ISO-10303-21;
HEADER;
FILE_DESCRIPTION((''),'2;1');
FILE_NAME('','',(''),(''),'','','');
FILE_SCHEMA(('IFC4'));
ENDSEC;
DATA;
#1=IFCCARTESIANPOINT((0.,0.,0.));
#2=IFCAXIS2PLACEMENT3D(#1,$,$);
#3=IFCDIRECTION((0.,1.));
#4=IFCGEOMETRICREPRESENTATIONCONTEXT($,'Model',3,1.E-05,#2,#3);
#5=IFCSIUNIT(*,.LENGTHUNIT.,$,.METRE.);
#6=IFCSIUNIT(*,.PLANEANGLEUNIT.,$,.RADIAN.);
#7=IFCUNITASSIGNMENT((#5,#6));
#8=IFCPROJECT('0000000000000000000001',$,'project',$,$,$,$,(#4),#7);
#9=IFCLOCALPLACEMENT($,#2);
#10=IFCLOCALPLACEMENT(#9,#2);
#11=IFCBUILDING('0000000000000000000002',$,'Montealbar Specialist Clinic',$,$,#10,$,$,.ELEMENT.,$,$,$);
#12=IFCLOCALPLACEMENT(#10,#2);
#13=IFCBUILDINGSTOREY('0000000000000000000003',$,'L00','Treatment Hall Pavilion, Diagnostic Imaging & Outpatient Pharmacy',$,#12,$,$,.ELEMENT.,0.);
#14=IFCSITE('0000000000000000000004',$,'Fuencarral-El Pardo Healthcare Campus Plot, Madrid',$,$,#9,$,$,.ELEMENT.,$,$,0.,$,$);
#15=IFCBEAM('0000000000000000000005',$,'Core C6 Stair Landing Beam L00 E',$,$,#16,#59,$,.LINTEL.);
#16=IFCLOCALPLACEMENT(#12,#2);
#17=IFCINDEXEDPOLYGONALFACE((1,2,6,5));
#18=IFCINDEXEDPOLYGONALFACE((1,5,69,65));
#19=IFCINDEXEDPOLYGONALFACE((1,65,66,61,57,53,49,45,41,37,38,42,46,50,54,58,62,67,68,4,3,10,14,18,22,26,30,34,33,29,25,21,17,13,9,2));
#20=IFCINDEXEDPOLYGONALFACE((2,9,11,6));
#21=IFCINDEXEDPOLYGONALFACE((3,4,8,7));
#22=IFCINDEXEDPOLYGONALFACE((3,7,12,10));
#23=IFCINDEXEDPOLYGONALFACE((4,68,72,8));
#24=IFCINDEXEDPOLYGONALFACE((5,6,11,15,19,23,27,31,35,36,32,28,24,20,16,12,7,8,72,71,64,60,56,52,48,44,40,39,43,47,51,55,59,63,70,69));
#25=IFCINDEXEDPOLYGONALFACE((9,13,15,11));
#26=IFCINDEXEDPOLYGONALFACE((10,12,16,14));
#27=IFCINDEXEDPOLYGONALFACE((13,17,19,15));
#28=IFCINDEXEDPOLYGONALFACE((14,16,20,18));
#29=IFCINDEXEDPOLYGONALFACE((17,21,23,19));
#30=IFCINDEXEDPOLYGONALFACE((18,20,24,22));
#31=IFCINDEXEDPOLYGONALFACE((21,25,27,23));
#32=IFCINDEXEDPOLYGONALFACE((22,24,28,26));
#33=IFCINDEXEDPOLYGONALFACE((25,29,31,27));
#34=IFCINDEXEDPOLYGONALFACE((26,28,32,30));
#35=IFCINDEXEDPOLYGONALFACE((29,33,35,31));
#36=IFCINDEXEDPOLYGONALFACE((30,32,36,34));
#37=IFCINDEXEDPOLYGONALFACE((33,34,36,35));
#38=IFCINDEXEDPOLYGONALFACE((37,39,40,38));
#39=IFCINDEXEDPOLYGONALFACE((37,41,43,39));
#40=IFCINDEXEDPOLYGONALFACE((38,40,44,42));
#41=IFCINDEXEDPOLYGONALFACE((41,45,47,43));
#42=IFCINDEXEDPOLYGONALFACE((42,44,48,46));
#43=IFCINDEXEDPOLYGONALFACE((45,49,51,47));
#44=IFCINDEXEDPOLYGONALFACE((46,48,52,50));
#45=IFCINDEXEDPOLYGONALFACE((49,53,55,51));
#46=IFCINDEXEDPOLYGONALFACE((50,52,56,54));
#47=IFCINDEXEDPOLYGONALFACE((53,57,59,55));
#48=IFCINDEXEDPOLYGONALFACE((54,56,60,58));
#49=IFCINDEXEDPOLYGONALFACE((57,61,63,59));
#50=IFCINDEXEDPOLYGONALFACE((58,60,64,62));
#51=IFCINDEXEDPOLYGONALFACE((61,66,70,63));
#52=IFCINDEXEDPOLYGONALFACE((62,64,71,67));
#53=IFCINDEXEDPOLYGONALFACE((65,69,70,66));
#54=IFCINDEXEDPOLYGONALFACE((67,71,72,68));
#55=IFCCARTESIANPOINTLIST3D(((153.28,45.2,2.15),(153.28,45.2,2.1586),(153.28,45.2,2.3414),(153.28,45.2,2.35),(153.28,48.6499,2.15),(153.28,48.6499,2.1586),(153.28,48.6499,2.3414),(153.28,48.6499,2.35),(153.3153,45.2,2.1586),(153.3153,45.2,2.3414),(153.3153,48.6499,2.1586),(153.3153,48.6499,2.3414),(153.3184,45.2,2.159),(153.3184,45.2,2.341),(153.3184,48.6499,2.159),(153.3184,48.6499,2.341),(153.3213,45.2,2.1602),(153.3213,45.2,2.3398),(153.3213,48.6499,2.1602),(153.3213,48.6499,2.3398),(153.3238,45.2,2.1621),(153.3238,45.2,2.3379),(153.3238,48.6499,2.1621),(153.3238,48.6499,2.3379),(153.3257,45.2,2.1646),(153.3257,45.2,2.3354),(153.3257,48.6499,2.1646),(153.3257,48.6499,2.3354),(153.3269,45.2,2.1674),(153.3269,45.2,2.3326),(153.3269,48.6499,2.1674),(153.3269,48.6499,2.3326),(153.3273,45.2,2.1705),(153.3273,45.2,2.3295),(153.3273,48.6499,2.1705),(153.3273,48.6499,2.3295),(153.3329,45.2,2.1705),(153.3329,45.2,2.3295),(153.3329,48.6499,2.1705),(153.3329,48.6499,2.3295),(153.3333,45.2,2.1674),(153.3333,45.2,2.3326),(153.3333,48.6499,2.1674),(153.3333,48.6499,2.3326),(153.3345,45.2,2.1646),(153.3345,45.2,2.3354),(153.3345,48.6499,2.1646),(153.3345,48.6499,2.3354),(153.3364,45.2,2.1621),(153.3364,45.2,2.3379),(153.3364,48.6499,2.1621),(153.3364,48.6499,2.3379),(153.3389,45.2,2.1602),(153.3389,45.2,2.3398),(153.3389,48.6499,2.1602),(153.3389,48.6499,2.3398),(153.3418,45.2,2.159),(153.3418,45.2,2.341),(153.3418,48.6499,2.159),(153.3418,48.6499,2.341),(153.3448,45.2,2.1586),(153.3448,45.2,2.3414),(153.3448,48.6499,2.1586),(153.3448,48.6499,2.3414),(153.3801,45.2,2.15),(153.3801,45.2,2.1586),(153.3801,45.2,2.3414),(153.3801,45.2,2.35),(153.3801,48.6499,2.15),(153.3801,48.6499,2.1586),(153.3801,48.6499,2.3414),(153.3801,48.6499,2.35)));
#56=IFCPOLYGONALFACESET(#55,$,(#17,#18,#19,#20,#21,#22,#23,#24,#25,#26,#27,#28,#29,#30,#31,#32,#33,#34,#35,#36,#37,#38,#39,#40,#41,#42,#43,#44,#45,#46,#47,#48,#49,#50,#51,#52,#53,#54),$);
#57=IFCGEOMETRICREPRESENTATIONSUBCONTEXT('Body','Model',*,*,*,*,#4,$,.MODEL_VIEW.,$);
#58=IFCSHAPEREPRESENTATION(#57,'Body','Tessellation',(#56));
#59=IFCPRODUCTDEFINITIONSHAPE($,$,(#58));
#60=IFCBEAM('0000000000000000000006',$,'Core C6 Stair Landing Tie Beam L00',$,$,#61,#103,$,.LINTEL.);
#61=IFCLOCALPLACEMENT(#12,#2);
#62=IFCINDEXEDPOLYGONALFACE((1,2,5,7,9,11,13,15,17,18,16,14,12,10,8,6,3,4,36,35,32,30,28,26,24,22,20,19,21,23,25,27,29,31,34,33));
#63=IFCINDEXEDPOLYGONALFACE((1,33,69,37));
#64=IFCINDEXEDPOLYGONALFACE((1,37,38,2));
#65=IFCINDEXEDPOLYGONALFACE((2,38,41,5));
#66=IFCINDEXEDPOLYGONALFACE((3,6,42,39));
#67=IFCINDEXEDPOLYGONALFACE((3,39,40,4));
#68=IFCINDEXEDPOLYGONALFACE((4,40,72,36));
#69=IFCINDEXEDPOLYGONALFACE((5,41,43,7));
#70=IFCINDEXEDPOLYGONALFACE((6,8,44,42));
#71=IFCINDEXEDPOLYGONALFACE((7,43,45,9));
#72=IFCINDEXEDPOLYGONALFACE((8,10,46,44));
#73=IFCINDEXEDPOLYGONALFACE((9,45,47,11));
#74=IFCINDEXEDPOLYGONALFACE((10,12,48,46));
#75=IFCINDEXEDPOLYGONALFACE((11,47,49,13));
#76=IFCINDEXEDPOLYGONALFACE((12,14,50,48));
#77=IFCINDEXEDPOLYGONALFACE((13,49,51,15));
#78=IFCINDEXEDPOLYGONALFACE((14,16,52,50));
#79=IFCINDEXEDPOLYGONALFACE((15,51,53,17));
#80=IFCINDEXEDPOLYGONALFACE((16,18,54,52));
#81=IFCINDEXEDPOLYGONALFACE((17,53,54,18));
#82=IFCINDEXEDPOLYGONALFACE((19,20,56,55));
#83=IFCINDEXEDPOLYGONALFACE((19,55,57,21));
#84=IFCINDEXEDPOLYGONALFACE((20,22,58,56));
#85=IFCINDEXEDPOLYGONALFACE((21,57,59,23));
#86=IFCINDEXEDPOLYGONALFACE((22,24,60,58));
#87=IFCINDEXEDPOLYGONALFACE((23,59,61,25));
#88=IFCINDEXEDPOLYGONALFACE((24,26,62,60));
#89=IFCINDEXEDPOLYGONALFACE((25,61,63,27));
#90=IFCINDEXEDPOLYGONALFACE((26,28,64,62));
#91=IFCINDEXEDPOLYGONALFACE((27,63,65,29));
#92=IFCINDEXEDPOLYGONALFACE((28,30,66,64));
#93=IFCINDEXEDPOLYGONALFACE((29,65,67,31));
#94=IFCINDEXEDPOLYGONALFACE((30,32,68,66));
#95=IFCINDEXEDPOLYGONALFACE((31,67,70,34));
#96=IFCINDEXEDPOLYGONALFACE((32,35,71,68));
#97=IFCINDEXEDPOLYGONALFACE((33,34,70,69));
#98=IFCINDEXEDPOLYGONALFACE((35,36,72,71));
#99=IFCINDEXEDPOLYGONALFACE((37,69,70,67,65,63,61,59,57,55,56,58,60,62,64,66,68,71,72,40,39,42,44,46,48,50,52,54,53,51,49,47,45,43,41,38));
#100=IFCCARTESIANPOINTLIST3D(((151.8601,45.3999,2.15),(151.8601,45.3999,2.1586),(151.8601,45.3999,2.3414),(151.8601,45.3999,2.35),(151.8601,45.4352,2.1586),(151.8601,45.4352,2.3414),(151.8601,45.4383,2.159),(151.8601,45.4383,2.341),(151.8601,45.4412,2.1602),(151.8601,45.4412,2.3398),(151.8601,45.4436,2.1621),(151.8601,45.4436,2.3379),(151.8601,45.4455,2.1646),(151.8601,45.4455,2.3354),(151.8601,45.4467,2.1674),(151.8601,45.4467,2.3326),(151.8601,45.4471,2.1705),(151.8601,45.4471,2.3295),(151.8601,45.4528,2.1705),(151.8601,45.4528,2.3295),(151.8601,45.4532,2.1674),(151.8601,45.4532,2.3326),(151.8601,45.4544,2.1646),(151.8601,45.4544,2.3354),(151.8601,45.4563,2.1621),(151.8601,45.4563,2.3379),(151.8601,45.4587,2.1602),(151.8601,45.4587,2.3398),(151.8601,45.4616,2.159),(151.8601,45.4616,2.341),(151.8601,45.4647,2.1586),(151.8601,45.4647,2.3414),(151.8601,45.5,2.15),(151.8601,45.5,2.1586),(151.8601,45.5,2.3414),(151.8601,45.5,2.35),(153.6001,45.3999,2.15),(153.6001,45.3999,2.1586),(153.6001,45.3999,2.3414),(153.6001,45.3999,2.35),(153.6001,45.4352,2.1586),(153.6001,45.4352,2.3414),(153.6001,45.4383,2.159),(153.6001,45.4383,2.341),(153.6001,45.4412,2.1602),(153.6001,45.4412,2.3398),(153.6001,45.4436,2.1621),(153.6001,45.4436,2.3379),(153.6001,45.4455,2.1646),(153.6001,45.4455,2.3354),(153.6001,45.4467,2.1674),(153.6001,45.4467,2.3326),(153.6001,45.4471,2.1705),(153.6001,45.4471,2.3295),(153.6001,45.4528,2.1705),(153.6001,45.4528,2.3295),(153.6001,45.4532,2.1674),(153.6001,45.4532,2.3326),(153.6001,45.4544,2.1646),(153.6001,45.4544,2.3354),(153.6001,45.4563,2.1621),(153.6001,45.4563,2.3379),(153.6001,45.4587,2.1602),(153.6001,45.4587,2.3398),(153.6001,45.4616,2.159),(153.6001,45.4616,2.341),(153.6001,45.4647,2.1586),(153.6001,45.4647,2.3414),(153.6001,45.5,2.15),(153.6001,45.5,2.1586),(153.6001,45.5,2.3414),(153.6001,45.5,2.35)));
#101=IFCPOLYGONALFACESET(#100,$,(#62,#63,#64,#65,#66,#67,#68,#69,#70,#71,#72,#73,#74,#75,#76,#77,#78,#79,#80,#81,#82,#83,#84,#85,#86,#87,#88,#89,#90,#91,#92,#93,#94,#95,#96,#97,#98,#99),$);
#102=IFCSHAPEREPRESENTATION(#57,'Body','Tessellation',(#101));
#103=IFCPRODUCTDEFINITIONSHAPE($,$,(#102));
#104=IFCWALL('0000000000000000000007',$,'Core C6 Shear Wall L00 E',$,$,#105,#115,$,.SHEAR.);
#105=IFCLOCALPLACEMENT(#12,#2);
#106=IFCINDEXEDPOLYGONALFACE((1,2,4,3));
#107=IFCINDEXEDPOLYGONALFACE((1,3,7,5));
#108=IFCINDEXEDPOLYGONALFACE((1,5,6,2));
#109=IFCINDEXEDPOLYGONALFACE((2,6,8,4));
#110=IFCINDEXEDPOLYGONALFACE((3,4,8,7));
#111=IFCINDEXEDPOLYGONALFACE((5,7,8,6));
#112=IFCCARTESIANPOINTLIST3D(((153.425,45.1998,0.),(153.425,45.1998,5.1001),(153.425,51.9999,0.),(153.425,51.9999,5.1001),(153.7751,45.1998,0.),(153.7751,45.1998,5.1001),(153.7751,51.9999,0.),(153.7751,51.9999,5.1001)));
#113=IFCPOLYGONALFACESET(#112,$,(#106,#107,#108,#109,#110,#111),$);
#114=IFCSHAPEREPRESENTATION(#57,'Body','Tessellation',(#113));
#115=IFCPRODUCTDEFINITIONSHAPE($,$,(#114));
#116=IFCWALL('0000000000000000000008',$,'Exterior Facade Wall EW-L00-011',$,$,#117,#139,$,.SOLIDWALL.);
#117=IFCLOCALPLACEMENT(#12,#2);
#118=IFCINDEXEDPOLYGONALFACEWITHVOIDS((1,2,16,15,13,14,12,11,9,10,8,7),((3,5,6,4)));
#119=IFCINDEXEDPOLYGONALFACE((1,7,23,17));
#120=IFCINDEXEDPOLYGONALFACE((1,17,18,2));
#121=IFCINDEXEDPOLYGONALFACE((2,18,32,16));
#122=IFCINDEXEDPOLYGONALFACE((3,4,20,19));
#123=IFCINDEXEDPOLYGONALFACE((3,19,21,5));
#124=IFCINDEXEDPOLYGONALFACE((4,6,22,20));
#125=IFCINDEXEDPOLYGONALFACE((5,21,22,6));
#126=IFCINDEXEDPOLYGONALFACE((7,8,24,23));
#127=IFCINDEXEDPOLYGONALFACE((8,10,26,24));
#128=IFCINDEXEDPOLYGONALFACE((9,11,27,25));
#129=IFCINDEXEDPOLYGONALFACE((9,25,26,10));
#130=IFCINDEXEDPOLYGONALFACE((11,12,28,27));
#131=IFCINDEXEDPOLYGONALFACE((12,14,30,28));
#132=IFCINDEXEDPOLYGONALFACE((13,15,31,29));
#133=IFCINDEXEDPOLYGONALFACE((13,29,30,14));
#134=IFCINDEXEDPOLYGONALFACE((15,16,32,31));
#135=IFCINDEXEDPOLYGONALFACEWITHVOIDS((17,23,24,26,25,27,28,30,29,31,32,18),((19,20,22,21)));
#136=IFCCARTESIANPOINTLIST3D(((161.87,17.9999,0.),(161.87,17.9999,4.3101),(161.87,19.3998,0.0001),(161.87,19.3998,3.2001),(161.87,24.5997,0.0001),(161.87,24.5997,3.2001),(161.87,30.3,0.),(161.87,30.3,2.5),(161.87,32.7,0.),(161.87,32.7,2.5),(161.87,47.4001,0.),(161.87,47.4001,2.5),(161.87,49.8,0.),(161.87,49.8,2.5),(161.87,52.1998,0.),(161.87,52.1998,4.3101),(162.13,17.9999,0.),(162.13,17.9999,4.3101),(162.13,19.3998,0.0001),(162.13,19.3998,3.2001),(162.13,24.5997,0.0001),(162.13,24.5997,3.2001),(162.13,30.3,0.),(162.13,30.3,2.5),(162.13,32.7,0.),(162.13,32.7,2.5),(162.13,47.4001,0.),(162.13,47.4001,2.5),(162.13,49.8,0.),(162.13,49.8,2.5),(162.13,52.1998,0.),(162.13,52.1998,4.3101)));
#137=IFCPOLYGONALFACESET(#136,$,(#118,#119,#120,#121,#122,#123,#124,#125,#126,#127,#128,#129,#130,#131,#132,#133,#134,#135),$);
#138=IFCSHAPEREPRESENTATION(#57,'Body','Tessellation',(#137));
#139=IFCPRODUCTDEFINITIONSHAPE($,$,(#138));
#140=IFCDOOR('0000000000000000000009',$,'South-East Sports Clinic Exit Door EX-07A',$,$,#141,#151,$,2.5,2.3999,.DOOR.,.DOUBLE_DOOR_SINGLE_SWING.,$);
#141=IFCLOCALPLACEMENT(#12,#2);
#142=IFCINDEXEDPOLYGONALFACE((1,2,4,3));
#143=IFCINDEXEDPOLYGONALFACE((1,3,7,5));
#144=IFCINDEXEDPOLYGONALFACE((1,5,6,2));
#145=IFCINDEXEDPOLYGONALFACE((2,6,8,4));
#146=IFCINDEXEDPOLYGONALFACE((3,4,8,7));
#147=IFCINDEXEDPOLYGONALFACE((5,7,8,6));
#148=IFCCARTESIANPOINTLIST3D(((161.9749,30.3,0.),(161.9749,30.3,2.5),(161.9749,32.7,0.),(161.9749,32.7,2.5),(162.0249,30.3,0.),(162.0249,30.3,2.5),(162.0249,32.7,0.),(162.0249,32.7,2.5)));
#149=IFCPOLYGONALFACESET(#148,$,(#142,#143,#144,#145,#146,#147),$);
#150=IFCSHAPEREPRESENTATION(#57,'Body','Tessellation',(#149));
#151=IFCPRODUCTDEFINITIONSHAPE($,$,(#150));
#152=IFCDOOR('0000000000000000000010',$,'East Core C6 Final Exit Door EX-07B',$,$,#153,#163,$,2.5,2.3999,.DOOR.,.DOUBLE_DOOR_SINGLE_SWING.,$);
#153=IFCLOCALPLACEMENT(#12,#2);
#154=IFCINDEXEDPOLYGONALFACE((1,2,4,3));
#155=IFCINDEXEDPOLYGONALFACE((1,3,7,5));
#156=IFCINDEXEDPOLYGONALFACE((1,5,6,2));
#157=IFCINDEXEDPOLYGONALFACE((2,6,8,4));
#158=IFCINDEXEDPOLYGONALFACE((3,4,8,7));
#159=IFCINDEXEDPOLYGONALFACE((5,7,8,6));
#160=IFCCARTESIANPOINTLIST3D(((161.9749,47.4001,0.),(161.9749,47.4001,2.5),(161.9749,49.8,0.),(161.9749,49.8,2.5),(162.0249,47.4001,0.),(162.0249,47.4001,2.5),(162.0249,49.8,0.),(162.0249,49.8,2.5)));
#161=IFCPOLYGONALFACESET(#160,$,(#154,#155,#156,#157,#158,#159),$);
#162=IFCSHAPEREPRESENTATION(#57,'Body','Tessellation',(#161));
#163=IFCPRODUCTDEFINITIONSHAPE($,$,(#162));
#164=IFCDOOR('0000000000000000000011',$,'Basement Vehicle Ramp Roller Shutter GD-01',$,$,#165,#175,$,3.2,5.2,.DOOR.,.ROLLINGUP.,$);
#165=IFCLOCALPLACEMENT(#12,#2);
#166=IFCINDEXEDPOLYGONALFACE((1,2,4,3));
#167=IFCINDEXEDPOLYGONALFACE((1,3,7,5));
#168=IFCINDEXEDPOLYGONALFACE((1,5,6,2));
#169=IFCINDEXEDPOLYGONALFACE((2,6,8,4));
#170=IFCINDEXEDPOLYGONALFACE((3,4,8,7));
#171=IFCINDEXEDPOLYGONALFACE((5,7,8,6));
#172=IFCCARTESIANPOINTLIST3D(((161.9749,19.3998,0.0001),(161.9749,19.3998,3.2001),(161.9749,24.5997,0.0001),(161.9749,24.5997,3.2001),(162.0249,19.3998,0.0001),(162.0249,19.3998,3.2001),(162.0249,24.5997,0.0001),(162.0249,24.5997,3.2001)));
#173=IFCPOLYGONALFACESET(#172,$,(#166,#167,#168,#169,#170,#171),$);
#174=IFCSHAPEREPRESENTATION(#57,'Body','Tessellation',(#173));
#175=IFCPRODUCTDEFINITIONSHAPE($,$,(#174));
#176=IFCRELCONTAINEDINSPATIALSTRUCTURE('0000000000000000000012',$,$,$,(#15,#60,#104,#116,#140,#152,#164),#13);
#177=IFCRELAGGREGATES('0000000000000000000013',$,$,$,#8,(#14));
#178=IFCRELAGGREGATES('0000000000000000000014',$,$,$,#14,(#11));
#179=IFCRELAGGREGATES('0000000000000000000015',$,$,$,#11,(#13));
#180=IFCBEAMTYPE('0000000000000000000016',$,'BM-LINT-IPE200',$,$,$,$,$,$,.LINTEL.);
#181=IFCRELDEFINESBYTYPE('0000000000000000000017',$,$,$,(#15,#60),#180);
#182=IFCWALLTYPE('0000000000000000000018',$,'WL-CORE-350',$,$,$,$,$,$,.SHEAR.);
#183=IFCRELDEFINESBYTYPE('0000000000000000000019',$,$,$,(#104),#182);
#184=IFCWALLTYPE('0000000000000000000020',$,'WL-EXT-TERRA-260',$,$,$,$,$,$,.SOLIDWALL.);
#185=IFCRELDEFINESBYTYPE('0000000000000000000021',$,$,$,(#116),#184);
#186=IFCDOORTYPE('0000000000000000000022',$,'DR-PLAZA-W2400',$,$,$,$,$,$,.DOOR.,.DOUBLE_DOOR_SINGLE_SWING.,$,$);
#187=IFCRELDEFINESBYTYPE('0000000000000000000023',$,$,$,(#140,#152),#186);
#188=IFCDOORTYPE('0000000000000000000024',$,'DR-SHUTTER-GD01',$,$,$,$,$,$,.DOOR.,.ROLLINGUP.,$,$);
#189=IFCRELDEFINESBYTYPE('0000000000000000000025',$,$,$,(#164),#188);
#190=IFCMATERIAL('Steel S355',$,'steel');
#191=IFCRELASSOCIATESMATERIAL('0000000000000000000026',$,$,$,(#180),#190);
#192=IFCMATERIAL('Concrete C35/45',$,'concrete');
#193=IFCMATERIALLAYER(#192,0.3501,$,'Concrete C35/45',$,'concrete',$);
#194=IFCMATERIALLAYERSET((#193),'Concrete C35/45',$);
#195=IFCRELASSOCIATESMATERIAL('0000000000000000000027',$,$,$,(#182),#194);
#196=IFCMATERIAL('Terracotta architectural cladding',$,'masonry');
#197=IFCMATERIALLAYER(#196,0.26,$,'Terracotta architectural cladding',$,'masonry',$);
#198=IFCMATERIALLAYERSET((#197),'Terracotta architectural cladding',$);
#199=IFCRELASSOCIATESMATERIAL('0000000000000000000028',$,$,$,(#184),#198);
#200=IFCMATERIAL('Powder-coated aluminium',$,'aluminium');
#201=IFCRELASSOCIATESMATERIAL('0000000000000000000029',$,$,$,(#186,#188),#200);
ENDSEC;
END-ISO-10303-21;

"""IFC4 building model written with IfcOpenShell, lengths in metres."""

from ifc_helpers import new_model, si_unit, direction, frame, frame_2d, origin, origin_2d, place, context, subcontext, project, spatial, rectangle, i_section, extrude, material, layer, layer_set, material_profile, profile_set, type_object, element, fill, save


model = new_model("IFC4")

# Units and contexts
model_context = context("Model", 3, precision=1e-05, world=origin(), true_north=direction((0.0, 1.0)))
body_context = subcontext(model_context, "Body", "Model", "MODEL_VIEW")
ifc_project = project(units=[si_unit("LENGTHUNIT", "METRE"), si_unit("PLANEANGLEUNIT", "RADIAN")], contexts=[model_context])

# Site, building, storey
site_placement = place(None, origin())
site = spatial("IfcSite", under=ifc_project, at=site_placement, Name="Fuencarral-El Pardo Healthcare Campus Plot, Madrid", CompositionType="ELEMENT", RefElevation=0.0)
building_placement = place(site_placement, origin())
building = spatial("IfcBuilding", under=site, at=building_placement, Name="Montealbar Specialist Clinic", CompositionType="ELEMENT")
storey_placement = place(building_placement, origin())
storey = spatial("IfcBuildingStorey", under=building, at=storey_placement, Name="L00", Description="Treatment Hall Pavilion, Diagnostic Imaging & Outpatient Pharmacy", CompositionType="ELEMENT", Elevation=0.0)

# Shared definitions
ifc_material_1 = material(Name="Steel S355", Category="steel")

# Beams
ifc_material_profile_1 = material_profile(ifc_material_1, i_section(OverallWidth=0.1001, OverallDepth=0.2, WebThickness=0.0056, FlangeThickness=0.0085, FilletRadius=0.012, at=origin_2d()), Name="IPE 200", Category="steel")
ifc_profile_set_1 = profile_set([ifc_material_profile_1], Name="Steel S355")
beam_type_1 = type_object("IfcBeamType", Name="BM-LINT-IPE200", PredefinedType="LINTEL", material=ifc_profile_set_1)
for number, where, z_axis, x_axis, name in (
    (1, (153.3301, 45.2, 2.25), (0.0, 1.0, 0.0), (-1.0, 0.0, 0.0), "Core C6 Stair Landing Beam L00 E"),
):
    element("IfcBeam", number, at=place(storey_placement, frame(where, z_axis=z_axis, x_axis=x_axis)), inside=storey, type_object=beam_type_1, Name=name, PredefinedType="LINTEL", context=body_context, shape_type="SweptSolid", body=[
        extrude(i_section(OverallWidth=0.1001, OverallDepth=0.2, WebThickness=0.0056, FlangeThickness=0.0085, FilletRadius=0.012, at=origin_2d()), origin(), (0.0, 0.0, 1.0), 3.45),
    ])
beam_1_placement = place(storey_placement, frame((151.8601, 45.45, 2.25), z_axis=(1.0, 0.0, 0.0), x_axis=(0.0, 1.0, 0.0)))
element("IfcBeam", 2, at=beam_1_placement, inside=storey, type_object=beam_type_1, Name="Core C6 Stair Landing Tie Beam L00", PredefinedType="LINTEL", context=body_context, shape_type="SweptSolid", body=[
    extrude(i_section(OverallWidth=0.1001, OverallDepth=0.2, WebThickness=0.0056, FlangeThickness=0.0085, FilletRadius=0.012, at=origin_2d()), origin(), (0.0, 0.0, 1.0), 1.74),
])

# Wall
ifc_material_2 = material(Name="Concrete C35/45", Category="concrete")
ifc_layer_1 = layer(ifc_material_2, 0.3501, Name="Concrete C35/45", Category="concrete")
ifc_layer_set_1 = layer_set([ifc_layer_1], Name="Concrete C35/45")
wall_type_1 = type_object("IfcWallType", Name="WL-CORE-350", PredefinedType="SHEAR", material=ifc_layer_set_1)
wall_1_placement = place(storey_placement, frame((153.6001, 45.2, 0.0), z_axis=(0.0, 0.0, 1.0), x_axis=(0.0, 1.0, 0.0)))
element("IfcWall", 3, at=wall_1_placement, inside=storey, type_object=wall_type_1, Name="Core C6 Shear Wall L00 E", PredefinedType="SHEAR", context=body_context, shape_type="SweptSolid", body=[
    extrude(rectangle(XDim=6.8, YDim=0.3501, at=frame_2d((3.3999, 0.0))), origin(), (0.0, 0.0, 1.0), 5.1001),
])

# Wall, openings, doors
ifc_material_3 = material(Name="Terracotta architectural cladding", Category="masonry")
ifc_layer_2 = layer(ifc_material_3, 0.26, Name="Terracotta architectural cladding", Category="masonry")
ifc_layer_set_2 = layer_set([ifc_layer_2], Name="Terracotta architectural cladding")
wall_type_2 = type_object("IfcWallType", Name="WL-EXT-TERRA-260", PredefinedType="SOLIDWALL", material=ifc_layer_set_2)
wall_2_placement = place(storey_placement, frame((162.0, 52.2, 0.0), z_axis=(0.0, 0.0, 1.0), x_axis=(0.0, -1.0, 0.0)))
wall_2 = element("IfcWall", 4, at=wall_2_placement, inside=storey, type_object=wall_type_2, Name="Exterior Facade Wall EW-L00-011", PredefinedType="SOLIDWALL", context=body_context, shape_type="SweptSolid", body=[
    extrude(rectangle(XDim=34.2, YDim=0.26, at=frame_2d((17.1001, 0.0))), origin(), (0.0, 0.0, 1.0), 4.3101),
])
opening_1_placement = place(wall_2_placement, frame((27.6001, 0.0, 0.0)))
opening_1 = element("IfcOpeningElement", 5, at=opening_1_placement, cuts=wall_2, PredefinedType="OPENING", context=body_context, shape_type="SweptSolid", body=[
    extrude(rectangle(XDim=5.2, YDim=3.2, at=frame_2d((2.6001, 1.6001))), frame((0.0, 0.1399, 0.0), z_axis=(0.0, -1.0, 0.0), x_axis=(1.0, 0.0, 0.0)), (0.0, 0.0, 1.0), 0.28),
])
opening_2_placement = place(wall_2_placement, frame((19.5, 0.0, 0.0)))
opening_2 = element("IfcOpeningElement", 6, at=opening_2_placement, cuts=wall_2, PredefinedType="OPENING", context=body_context, shape_type="SweptSolid", body=[
    extrude(rectangle(XDim=2.3999, YDim=2.5, at=frame_2d((1.2, 1.25))), frame((0.0, 0.1399, 0.0), z_axis=(0.0, -1.0, 0.0), x_axis=(1.0, 0.0, 0.0)), (0.0, 0.0, 1.0), 0.28),
])
opening_3_placement = place(wall_2_placement, frame((2.3999, 0.0, 0.0)))
opening_3 = element("IfcOpeningElement", 7, at=opening_3_placement, cuts=wall_2, PredefinedType="OPENING", context=body_context, shape_type="SweptSolid", body=[
    extrude(rectangle(XDim=2.3999, YDim=2.5, at=frame_2d((1.2, 1.25))), frame((0.0, 0.1399, 0.0), z_axis=(0.0, -1.0, 0.0), x_axis=(1.0, 0.0, 0.0)), (0.0, 0.0, 1.0), 0.28),
])
ifc_material_4 = material(Name="Powder-coated aluminium", Category="aluminium")
door_type_1 = type_object("IfcDoorType", Name="DR-PLAZA-W2400", OperationType="DOUBLE_DOOR_SINGLE_SWING", PredefinedType="DOOR", material=ifc_material_4)
door_1_placement = place(opening_2_placement, origin())
door_1 = element("IfcDoor", 8, at=door_1_placement, inside=storey, type_object=door_type_1, Name="South-East Sports Clinic Exit Door EX-07A", OperationType="DOUBLE_DOOR_SINGLE_SWING", OverallHeight=2.5, OverallWidth=2.3999, PredefinedType="DOOR", context=body_context, shape_type="SweptSolid", body=[
    extrude(rectangle(XDim=2.3999, YDim=2.5, at=frame_2d((1.2, 1.25))), frame((0.0, 0.0249, 0.0), z_axis=(0.0, -1.0, 0.0), x_axis=(1.0, 0.0, 0.0)), (0.0, 0.0, 1.0), 0.05),
])
fill(opening_2, door_1)
door_2_placement = place(opening_3_placement, origin())
door_2 = element("IfcDoor", 9, at=door_2_placement, inside=storey, type_object=door_type_1, Name="East Core C6 Final Exit Door EX-07B", OperationType="DOUBLE_DOOR_SINGLE_SWING", OverallHeight=2.5, OverallWidth=2.3999, PredefinedType="DOOR", context=body_context, shape_type="SweptSolid", body=[
    extrude(rectangle(XDim=2.3999, YDim=2.5, at=frame_2d((1.2, 1.25))), frame((0.0, 0.0249, 0.0), z_axis=(0.0, -1.0, 0.0), x_axis=(1.0, 0.0, 0.0)), (0.0, 0.0, 1.0), 0.05),
])
fill(opening_3, door_2)
door_type_2 = type_object("IfcDoorType", Name="DR-SHUTTER-GD01", OperationType="ROLLINGUP", PredefinedType="DOOR", material=ifc_material_4)
door_3_placement = place(opening_1_placement, origin())
door_3 = element("IfcDoor", 10, at=door_3_placement, inside=storey, type_object=door_type_2, Name="Basement Vehicle Ramp Roller Shutter GD-01", OperationType="ROLLINGUP", OverallHeight=3.2, OverallWidth=5.2, PredefinedType="DOOR", context=body_context, shape_type="SweptSolid", body=[
    extrude(rectangle(XDim=5.2, YDim=3.2, at=frame_2d((2.6001, 1.6001))), frame((0.0, 0.0249, 0.0), z_axis=(0.0, -1.0, 0.0), x_axis=(1.0, 0.0, 0.0)), (0.0, 0.0, 1.0), 0.05),
])
fill(opening_1, door_3)

save(model, "model.ifc")
